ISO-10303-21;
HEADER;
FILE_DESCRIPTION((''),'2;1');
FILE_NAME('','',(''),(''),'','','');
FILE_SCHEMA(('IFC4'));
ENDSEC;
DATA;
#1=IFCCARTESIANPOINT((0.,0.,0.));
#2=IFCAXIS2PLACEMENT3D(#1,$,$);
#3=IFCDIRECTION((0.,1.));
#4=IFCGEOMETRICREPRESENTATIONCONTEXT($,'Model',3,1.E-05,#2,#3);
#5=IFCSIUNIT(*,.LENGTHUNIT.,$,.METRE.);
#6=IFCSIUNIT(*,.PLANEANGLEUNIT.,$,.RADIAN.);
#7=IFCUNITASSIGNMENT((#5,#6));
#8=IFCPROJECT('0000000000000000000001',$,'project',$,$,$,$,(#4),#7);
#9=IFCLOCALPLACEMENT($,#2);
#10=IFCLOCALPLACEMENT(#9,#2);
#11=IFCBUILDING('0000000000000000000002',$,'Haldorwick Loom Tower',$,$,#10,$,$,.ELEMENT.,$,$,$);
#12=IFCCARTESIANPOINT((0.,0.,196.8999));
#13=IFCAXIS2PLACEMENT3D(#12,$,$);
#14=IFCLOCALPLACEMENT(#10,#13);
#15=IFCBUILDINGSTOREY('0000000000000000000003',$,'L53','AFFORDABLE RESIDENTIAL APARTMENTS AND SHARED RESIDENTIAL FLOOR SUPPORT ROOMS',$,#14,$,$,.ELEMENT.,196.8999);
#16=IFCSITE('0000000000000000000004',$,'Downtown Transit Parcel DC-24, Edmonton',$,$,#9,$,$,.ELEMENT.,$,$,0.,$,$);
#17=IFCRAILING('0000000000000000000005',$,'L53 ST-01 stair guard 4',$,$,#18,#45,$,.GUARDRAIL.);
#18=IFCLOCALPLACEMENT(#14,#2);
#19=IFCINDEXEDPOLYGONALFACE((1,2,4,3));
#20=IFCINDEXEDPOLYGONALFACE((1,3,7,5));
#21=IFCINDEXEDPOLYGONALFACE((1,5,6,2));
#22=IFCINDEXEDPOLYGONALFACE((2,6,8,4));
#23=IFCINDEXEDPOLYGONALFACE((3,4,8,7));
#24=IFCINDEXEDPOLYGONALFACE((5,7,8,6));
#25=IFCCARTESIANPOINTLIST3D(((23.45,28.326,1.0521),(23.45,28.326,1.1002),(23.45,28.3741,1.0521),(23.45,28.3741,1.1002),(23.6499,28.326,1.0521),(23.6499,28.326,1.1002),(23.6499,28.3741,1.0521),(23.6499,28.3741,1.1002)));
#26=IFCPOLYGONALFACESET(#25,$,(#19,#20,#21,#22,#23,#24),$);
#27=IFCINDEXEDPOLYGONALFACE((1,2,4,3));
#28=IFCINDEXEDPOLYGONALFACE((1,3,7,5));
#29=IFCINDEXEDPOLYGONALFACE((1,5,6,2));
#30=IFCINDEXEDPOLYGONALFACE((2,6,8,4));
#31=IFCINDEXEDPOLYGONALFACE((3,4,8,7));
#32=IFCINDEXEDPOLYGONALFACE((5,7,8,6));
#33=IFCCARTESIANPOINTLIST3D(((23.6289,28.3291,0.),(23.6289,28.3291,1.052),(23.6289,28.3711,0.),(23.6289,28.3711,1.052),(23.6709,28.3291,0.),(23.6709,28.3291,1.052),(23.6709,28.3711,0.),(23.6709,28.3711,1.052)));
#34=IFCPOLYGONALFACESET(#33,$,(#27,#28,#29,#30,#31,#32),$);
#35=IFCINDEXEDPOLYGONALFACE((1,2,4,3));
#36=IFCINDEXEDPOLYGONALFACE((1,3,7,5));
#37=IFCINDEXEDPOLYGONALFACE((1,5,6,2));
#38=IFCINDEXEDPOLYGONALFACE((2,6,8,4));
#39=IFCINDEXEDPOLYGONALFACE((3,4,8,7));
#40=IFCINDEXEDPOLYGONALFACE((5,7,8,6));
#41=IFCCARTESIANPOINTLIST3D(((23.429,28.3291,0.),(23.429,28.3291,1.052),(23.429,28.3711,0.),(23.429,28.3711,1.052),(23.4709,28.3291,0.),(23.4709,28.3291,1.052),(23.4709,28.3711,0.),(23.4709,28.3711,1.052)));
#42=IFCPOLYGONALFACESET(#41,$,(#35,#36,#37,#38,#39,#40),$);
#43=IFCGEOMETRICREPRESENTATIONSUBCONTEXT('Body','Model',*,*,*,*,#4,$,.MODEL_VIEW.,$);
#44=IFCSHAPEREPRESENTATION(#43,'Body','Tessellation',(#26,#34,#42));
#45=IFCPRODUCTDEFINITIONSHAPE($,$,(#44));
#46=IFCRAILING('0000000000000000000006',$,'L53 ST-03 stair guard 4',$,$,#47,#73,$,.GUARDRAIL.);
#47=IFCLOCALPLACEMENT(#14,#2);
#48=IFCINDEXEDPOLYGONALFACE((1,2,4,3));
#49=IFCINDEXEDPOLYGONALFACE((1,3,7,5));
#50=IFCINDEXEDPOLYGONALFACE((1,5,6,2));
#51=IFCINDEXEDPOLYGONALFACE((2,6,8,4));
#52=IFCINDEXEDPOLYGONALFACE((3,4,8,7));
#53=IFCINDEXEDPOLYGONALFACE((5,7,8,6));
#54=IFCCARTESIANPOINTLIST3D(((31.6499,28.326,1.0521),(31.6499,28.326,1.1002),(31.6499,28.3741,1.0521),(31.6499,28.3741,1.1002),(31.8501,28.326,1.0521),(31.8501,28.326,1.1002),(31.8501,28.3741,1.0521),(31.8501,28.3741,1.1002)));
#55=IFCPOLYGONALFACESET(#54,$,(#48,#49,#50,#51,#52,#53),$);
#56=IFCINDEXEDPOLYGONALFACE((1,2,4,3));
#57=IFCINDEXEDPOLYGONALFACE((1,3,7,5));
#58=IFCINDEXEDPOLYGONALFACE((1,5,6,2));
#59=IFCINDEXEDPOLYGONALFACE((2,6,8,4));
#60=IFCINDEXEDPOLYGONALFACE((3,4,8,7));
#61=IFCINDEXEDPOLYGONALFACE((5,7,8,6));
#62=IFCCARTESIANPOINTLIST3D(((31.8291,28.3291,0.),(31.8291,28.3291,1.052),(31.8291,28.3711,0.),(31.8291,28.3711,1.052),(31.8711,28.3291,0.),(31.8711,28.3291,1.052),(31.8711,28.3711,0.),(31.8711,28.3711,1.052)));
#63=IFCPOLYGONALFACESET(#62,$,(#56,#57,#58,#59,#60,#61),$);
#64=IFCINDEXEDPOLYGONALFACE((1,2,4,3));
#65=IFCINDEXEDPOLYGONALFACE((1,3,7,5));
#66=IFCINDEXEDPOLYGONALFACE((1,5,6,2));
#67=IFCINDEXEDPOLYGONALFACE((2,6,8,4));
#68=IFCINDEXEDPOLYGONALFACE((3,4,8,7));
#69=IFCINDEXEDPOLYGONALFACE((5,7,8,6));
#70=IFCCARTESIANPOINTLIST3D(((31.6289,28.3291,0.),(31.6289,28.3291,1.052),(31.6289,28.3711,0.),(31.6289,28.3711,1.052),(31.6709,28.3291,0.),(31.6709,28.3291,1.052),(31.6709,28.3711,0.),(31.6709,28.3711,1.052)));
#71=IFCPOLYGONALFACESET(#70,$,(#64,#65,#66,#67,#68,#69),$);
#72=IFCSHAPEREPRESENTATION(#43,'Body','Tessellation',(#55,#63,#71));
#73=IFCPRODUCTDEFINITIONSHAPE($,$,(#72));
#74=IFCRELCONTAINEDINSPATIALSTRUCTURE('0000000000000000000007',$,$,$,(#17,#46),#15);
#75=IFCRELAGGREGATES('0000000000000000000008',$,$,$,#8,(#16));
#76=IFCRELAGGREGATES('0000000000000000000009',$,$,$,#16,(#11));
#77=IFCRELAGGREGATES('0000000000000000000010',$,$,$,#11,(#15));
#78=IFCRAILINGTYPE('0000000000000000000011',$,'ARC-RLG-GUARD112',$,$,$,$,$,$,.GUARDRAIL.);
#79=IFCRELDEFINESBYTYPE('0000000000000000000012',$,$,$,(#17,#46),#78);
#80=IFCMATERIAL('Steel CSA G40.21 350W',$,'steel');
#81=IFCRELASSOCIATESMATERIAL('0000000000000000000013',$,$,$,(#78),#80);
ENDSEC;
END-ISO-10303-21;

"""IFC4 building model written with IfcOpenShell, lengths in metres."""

from ifc_helpers import new_model, si_unit, direction, frame, origin, origin_2d, place, context, subcontext, project, spatial, rectangle, extrude, material, type_object, element, save


model = new_model("IFC4")

# Units and contexts
model_context = context("Model", 3, precision=1e-05, world=origin(), true_north=direction((0.0, 1.0)))
body_context = subcontext(model_context, "Body", "Model", "MODEL_VIEW")
ifc_project = project(units=[si_unit("LENGTHUNIT", "METRE"), si_unit("PLANEANGLEUNIT", "RADIAN")], contexts=[model_context])

# Site, building, storey
site_placement = place(None, origin())
site = spatial("IfcSite", under=ifc_project, at=site_placement, Name="Downtown Transit Parcel DC-24, Edmonton", CompositionType="ELEMENT", RefElevation=0.0)
building_placement = place(site_placement, origin())
building = spatial("IfcBuilding", under=site, at=building_placement, Name="Haldorwick Loom Tower", CompositionType="ELEMENT")
storey_placement = place(building_placement, frame((0.0, 0.0, 196.8999)))
storey = spatial("IfcBuildingStorey", under=building, at=storey_placement, Name="L53", Description="AFFORDABLE RESIDENTIAL APARTMENTS AND SHARED RESIDENTIAL FLOOR SUPPORT ROOMS", CompositionType="ELEMENT", Elevation=196.8999)

# Shared definitions
ifc_material_1 = material(Name="Steel CSA G40.21 350W", Category="steel")

# Railings
railing_type = type_object("IfcRailingType", Name="ARC-RLG-GUARD112", PredefinedType="GUARDRAIL", material=ifc_material_1)
railing_1_placement = place(storey_placement, frame((23.6499, 28.3501, 0.0)))
element("IfcRailing", 1, at=railing_1_placement, inside=storey, type_object=railing_type, Name="L53 ST-01 stair guard 4", PredefinedType="GUARDRAIL", context=body_context, shape_type="SweptSolid", body=[
    extrude(rectangle(XDim=0.0481, YDim=0.0481, at=origin_2d()), frame((0.0, 0.0, 1.0762), z_axis=(-1.0, 0.0, 0.0), x_axis=(0.0, -1.0, 0.0)), (0.0, 0.0, 1.0), 0.2),
    extrude(rectangle(XDim=0.042, YDim=0.042, at=origin_2d()), origin(), (0.0, 0.0, 1.0), 1.052),
    extrude(rectangle(XDim=0.042, YDim=0.042, at=origin_2d()), frame((-0.2, 0.0, 0.0)), (0.0, 0.0, 1.0), 1.052),
])
railing_2_placement = place(storey_placement, frame((31.8501, 28.3501, 0.0)))
element("IfcRailing", 2, at=railing_2_placement, inside=storey, type_object=railing_type, Name="L53 ST-03 stair guard 4", PredefinedType="GUARDRAIL", context=body_context, shape_type="SweptSolid", body=[
    extrude(rectangle(XDim=0.0481, YDim=0.0481, at=origin_2d()), frame((0.0, 0.0, 1.0762), z_axis=(-1.0, 0.0, 0.0), x_axis=(0.0, -1.0, 0.0)), (0.0, 0.0, 1.0), 0.2002),
    extrude(rectangle(XDim=0.042, YDim=0.042, at=origin_2d()), origin(), (0.0, 0.0, 1.0), 1.052),
    extrude(rectangle(XDim=0.042, YDim=0.042, at=origin_2d()), frame((-0.2002, 0.0, 0.0)), (0.0, 0.0, 1.0), 1.052),
])

save(model, "model.ifc")
